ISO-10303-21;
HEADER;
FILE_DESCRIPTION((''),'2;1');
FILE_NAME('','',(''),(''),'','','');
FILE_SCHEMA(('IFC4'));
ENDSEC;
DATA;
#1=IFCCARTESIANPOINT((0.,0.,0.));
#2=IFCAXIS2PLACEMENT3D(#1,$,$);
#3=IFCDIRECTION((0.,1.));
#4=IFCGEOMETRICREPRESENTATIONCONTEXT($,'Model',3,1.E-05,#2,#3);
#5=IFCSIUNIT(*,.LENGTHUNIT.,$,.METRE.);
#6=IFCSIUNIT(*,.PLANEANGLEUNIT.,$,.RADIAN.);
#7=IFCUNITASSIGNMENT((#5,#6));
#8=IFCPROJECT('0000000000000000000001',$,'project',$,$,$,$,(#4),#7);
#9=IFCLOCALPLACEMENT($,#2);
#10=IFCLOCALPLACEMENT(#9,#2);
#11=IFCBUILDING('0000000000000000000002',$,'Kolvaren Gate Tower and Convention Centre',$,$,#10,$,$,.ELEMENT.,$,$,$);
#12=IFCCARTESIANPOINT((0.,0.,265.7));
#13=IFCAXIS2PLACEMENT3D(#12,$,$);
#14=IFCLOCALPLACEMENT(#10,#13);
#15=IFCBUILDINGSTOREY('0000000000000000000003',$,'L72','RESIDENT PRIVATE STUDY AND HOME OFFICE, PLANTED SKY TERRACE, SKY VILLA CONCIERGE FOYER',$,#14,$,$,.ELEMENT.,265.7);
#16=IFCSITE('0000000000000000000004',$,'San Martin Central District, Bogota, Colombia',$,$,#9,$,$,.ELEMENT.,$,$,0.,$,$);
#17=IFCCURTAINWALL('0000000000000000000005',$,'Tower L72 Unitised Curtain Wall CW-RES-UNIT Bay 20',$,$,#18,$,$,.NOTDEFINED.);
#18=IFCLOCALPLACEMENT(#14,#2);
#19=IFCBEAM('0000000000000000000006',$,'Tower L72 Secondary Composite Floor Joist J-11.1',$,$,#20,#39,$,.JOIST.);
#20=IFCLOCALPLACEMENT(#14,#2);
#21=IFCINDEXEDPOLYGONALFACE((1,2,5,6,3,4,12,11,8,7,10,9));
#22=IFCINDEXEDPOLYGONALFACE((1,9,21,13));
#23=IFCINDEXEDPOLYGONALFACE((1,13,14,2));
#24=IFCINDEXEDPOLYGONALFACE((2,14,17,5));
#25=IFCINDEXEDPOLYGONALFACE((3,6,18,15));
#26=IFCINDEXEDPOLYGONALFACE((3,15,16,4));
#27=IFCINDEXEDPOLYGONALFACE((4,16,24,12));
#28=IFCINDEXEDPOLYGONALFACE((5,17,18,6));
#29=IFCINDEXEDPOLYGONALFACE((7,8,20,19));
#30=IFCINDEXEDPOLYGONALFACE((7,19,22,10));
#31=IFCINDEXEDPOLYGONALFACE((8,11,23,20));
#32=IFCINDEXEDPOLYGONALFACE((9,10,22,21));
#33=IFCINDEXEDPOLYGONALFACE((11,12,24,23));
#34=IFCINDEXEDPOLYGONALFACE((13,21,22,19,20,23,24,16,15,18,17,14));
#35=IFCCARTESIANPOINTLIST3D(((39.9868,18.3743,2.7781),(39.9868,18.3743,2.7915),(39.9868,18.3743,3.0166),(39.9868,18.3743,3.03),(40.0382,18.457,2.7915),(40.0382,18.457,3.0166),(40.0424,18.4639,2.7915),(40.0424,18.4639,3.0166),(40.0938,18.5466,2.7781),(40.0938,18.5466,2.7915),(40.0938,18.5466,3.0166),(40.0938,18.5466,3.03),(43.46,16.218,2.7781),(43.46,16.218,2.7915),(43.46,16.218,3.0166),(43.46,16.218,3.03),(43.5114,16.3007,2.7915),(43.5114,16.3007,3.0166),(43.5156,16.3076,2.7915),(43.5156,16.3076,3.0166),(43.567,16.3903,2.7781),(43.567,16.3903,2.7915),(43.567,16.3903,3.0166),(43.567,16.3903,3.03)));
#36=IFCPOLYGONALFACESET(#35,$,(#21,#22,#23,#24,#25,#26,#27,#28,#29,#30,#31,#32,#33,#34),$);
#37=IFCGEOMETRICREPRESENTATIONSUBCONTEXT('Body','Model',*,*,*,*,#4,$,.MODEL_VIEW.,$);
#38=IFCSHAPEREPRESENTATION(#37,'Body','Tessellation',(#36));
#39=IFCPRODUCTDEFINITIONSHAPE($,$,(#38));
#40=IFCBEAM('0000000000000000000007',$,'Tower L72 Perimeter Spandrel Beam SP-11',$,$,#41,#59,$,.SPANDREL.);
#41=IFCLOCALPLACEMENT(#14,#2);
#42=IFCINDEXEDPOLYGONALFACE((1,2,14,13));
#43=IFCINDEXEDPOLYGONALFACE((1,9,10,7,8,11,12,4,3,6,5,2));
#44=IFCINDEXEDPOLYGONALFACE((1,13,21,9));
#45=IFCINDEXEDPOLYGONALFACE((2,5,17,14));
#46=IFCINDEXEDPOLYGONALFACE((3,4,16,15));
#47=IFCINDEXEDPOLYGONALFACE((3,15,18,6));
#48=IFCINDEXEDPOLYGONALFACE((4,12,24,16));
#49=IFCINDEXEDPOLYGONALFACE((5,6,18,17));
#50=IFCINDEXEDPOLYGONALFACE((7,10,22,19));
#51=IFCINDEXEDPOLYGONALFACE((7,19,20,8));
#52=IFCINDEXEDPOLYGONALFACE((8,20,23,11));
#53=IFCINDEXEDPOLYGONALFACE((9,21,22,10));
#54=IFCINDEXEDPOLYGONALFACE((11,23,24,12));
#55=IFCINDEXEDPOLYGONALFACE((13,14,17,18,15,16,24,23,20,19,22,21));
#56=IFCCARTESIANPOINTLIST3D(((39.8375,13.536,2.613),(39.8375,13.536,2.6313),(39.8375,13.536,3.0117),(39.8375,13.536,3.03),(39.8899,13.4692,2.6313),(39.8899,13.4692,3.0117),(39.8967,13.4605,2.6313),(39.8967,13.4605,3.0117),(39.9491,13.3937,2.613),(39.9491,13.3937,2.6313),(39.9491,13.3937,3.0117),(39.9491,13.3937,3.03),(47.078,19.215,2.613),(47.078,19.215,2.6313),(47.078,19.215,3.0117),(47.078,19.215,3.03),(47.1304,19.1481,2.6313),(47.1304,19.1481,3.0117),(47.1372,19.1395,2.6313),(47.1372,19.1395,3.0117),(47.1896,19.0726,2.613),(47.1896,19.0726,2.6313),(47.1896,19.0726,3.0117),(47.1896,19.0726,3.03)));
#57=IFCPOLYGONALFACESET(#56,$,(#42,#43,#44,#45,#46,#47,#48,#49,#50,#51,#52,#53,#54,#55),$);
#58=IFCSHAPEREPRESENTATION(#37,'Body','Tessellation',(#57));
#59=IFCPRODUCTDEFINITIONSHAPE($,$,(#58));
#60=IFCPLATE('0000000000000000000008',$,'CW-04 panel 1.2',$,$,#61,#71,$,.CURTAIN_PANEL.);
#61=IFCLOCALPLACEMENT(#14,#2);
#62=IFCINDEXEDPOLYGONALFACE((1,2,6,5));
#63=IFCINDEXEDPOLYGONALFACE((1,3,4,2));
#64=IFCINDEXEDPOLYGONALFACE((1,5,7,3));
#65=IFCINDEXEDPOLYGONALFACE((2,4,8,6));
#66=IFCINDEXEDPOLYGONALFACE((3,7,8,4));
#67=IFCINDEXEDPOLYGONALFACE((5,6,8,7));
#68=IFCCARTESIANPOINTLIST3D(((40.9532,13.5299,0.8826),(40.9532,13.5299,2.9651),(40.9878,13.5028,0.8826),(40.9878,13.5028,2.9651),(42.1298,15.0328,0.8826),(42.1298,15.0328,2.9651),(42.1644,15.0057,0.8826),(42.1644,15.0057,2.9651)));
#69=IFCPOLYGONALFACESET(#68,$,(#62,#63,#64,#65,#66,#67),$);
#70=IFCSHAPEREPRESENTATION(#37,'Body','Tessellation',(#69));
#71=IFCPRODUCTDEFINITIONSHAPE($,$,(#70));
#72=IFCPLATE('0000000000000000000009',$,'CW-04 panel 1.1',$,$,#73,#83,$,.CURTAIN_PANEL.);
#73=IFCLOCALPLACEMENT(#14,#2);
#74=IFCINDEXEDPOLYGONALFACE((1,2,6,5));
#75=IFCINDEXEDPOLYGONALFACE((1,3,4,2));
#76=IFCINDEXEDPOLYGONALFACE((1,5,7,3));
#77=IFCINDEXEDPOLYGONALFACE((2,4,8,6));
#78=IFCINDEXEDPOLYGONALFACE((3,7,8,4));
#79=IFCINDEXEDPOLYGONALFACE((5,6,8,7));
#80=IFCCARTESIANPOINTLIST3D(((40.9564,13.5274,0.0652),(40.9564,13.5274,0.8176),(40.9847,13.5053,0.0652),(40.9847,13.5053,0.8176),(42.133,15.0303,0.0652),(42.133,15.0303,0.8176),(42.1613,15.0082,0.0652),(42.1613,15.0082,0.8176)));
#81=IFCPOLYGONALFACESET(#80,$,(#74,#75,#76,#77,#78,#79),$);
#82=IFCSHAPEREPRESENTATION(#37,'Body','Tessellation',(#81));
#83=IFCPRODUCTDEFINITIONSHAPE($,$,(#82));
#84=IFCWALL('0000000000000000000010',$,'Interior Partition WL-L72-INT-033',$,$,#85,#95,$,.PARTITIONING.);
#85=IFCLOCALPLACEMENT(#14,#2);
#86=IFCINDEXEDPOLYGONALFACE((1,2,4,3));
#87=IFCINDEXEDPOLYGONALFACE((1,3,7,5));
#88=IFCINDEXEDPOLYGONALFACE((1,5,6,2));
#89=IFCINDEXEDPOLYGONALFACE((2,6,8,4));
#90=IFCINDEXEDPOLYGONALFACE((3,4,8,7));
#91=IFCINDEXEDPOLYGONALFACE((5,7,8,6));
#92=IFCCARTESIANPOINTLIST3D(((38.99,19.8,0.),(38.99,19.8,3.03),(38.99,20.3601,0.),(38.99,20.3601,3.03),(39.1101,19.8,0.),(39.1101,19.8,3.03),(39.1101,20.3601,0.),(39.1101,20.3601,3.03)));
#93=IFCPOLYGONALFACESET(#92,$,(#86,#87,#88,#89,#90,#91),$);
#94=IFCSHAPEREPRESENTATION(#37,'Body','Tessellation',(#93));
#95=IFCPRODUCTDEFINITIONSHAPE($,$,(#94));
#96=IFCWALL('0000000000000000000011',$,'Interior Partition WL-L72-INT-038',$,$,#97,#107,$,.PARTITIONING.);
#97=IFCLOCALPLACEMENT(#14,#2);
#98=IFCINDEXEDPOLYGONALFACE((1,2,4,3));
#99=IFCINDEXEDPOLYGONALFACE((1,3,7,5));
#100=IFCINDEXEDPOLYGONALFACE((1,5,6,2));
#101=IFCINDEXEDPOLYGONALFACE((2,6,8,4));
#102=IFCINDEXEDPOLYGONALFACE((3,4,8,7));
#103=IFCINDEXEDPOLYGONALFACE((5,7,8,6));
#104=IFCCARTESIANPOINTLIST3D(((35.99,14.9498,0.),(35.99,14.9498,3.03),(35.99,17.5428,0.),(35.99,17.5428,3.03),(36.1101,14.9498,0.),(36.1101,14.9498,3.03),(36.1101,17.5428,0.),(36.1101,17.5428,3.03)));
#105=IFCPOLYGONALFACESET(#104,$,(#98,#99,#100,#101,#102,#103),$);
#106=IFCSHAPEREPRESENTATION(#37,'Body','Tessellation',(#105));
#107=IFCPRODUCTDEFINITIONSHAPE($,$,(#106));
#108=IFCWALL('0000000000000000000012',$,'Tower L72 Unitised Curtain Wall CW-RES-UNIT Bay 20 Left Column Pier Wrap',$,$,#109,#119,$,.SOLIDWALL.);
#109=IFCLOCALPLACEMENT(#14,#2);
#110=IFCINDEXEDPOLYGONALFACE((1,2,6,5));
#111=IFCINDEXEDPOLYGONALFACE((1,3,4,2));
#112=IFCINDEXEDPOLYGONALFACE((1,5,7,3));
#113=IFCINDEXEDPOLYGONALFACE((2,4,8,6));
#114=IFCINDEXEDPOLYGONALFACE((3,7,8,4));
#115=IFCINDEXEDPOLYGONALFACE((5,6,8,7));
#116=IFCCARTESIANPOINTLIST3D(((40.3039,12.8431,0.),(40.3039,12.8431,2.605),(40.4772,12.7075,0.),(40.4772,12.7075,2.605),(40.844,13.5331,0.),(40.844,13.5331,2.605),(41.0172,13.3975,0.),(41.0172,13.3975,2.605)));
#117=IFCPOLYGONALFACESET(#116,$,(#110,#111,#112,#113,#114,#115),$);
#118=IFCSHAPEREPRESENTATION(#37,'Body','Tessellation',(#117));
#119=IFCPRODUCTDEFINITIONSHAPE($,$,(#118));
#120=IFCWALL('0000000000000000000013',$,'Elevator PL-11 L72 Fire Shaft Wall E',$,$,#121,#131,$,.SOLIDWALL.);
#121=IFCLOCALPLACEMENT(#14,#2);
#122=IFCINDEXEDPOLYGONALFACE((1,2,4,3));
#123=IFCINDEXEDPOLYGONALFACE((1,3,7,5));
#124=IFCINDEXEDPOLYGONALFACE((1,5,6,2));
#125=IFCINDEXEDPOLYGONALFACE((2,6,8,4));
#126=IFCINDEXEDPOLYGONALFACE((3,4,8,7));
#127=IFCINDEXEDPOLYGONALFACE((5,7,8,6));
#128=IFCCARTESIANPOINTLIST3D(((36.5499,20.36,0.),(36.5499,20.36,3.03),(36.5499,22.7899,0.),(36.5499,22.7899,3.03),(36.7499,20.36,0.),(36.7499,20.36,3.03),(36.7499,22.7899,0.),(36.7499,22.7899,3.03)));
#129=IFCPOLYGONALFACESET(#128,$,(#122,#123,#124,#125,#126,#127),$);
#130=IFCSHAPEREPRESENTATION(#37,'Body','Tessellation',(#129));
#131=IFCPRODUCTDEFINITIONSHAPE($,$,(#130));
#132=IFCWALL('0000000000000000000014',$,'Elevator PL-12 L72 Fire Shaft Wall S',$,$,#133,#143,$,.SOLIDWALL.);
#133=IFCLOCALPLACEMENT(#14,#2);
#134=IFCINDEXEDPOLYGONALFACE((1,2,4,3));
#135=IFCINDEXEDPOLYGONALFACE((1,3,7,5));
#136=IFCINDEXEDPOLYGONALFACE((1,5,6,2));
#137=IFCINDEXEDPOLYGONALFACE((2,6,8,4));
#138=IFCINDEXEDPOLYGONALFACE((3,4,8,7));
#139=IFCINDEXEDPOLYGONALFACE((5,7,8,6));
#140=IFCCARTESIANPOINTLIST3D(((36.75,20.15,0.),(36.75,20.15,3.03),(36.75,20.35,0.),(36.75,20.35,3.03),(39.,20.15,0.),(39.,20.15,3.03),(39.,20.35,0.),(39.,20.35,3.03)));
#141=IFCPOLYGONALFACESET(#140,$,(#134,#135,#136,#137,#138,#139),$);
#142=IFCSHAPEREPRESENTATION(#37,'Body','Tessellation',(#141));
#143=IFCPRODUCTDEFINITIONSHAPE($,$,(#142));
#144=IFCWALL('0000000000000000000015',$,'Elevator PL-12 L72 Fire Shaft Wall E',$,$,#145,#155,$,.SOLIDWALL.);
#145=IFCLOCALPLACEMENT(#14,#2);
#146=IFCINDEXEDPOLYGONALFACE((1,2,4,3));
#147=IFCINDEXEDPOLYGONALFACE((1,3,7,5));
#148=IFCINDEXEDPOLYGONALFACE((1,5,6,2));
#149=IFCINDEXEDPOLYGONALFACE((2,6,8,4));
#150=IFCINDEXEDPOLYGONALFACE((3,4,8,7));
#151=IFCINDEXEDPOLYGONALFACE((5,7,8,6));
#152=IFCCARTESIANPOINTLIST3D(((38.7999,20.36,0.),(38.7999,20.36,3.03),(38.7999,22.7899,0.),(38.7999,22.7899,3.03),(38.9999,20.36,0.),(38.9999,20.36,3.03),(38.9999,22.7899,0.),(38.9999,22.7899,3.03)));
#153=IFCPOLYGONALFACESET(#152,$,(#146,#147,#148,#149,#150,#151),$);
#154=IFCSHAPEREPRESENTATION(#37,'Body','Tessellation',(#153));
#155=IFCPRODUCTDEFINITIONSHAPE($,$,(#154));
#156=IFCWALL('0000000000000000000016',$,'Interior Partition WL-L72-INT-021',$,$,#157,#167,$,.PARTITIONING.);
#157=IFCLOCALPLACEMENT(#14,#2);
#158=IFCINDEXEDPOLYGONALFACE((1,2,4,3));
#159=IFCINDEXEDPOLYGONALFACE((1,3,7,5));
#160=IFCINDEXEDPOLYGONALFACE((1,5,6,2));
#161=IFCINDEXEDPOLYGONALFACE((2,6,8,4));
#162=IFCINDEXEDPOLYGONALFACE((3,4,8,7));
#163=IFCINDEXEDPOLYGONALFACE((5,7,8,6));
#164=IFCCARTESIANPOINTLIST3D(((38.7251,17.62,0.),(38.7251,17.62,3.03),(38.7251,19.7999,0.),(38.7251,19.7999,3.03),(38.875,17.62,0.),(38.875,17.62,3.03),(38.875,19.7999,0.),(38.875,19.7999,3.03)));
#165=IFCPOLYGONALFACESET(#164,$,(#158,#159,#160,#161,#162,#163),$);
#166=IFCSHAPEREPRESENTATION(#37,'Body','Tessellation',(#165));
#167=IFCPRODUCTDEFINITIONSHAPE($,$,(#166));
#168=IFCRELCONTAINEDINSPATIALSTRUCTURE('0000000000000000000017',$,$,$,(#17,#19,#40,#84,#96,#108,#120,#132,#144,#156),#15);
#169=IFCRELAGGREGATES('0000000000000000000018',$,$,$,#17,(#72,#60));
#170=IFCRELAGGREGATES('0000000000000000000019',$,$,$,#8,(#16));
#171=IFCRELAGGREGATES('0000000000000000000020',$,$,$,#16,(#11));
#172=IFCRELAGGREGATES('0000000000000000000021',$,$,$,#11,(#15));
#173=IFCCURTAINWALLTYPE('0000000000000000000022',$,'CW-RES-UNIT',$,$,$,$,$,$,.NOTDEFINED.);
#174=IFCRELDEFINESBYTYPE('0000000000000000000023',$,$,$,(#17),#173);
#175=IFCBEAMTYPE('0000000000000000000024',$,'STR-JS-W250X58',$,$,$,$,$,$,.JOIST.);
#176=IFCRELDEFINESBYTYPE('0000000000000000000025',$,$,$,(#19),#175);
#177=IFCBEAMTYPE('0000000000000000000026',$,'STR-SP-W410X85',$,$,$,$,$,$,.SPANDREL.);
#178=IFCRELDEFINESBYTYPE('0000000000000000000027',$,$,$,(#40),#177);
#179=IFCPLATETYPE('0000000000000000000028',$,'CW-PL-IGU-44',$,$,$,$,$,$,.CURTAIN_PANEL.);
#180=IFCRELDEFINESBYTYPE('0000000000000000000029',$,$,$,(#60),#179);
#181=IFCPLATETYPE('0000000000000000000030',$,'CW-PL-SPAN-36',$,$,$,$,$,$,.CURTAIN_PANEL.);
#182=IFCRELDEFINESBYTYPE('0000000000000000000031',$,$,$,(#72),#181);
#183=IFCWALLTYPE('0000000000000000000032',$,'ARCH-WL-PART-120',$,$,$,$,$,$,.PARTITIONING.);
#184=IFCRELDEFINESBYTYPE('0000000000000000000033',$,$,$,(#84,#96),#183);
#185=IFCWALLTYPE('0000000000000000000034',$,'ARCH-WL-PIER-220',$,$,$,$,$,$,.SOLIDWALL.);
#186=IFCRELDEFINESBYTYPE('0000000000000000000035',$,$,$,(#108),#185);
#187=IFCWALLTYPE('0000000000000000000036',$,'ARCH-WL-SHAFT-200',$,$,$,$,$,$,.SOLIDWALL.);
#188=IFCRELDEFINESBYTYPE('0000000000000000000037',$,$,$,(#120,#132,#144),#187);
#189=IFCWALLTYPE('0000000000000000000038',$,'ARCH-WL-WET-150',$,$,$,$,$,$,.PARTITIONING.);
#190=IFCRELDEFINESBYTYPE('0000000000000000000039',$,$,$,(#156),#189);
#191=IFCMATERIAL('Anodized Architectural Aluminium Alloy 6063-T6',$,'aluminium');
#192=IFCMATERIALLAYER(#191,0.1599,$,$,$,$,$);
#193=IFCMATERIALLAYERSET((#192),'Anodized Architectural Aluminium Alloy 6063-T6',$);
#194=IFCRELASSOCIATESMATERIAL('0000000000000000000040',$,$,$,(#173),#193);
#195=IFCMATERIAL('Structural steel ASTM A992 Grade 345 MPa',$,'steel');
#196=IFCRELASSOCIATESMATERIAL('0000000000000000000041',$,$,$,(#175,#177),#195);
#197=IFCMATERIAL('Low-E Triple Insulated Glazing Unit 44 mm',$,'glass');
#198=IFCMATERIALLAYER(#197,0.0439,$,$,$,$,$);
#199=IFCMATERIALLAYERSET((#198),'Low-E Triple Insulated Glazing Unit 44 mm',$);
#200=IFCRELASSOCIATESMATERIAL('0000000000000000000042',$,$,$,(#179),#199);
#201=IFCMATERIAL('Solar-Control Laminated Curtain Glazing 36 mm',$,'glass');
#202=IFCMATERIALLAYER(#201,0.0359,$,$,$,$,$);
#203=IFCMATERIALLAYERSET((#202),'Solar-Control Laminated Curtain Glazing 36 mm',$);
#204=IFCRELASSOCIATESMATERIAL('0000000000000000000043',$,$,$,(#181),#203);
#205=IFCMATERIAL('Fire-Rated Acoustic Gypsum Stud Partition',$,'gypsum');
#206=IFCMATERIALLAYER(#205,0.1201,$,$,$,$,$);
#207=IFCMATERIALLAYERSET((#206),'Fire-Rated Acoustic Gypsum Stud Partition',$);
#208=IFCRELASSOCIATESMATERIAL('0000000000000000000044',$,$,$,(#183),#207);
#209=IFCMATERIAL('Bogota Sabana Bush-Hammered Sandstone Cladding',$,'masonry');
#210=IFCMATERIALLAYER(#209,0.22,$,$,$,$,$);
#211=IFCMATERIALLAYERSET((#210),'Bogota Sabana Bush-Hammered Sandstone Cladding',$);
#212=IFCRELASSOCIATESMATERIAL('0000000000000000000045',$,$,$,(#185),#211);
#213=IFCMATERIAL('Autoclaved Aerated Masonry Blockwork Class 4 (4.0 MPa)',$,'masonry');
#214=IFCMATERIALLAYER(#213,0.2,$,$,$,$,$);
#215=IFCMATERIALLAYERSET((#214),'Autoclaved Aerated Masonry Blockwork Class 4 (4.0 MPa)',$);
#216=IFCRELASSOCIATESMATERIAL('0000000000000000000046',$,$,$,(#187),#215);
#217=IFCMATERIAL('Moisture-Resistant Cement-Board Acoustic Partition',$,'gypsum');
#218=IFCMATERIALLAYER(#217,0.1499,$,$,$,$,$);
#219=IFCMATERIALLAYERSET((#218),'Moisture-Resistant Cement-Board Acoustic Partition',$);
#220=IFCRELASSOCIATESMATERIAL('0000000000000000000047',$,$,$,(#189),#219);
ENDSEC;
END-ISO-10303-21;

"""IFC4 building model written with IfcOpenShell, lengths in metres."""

from ifc_helpers import new_model, si_unit, direction, frame, frame_2d, origin, origin_2d, place, context, subcontext, project, spatial, rectangle, i_section, extrude, material, layer, layer_set, material_profile, profile_set, type_object, element, aggregate, save


model = new_model("IFC4")

# Units and contexts
model_context = context("Model", 3, precision=1e-05, world=origin(), true_north=direction((0.0, 1.0)))
body_context = subcontext(model_context, "Body", "Model", "MODEL_VIEW")
ifc_project = project(units=[si_unit("LENGTHUNIT", "METRE"), si_unit("PLANEANGLEUNIT", "RADIAN")], contexts=[model_context])

# Site, building, storey
site_placement = place(None, origin())
site = spatial("IfcSite", under=ifc_project, at=site_placement, Name="San Martin Central District, Bogota, Colombia", CompositionType="ELEMENT", RefElevation=0.0)
building_placement = place(site_placement, origin())
building = spatial("IfcBuilding", under=site, at=building_placement, Name="Kolvaren Gate Tower and Convention Centre", CompositionType="ELEMENT")
storey_placement = place(building_placement, frame((0.0, 0.0, 265.7)))
storey = spatial("IfcBuildingStorey", under=building, at=storey_placement, Name="L72", Description="RESIDENT PRIVATE STUDY AND HOME OFFICE, PLANTED SKY TERRACE, SKY VILLA CONCIERGE FOYER", CompositionType="ELEMENT", Elevation=265.7)

# Curtain wall
ifc_material_1 = material(Name="Anodized Architectural Aluminium Alloy 6063-T6", Category="aluminium")
ifc_layer_1 = layer(ifc_material_1, 0.1599)
ifc_layer_set_1 = layer_set([ifc_layer_1], Name="Anodized Architectural Aluminium Alloy 6063-T6")
curtain_wall_type = type_object("IfcCurtainWallType", Name="CW-RES-UNIT", PredefinedType="NOTDEFINED", material=ifc_layer_set_1)
curtain_wall_placement = place(storey_placement, origin())
curtain_wall = element("IfcCurtainWall", 1, at=curtain_wall_placement, inside=storey, type_object=curtain_wall_type, Name="Tower L72 Unitised Curtain Wall CW-RES-UNIT Bay 20", PredefinedType="NOTDEFINED")

# Beams
ifc_material_2 = material(Name="Structural steel ASTM A992 Grade 345 MPa", Category="steel")
ifc_material_profile_1 = material_profile(ifc_material_2, i_section(OverallWidth=0.2029, OverallDepth=0.252, WebThickness=0.0081, FlangeThickness=0.0134, at=origin_2d()), Name="W250X58")
ifc_profile_set_1 = profile_set([ifc_material_profile_1], Name="Structural steel ASTM A992 Grade 345 MPa")
beam_type_1 = type_object("IfcBeamType", Name="STR-JS-W250X58", PredefinedType="JOIST", material=ifc_profile_set_1)
beam_1_placement = place(storey_placement, frame((40.0403, 18.4604, 2.9041), z_axis=(0.849585, -0.527452, 0.0), x_axis=(0.527452, 0.849585, 0.0)))
element("IfcBeam", 2, at=beam_1_placement, inside=storey, type_object=beam_type_1, Name="Tower L72 Secondary Composite Floor Joist J-11.1", PredefinedType="JOIST", context=body_context, shape_type="SweptSolid", body=[
    extrude(i_section(OverallWidth=0.2029, OverallDepth=0.252, WebThickness=0.0081, FlangeThickness=0.0134, at=origin_2d()), origin(), (0.0, 0.0, 1.0), 4.0881),
])
ifc_material_profile_2 = material_profile(ifc_material_2, i_section(OverallWidth=0.1809, OverallDepth=0.417, WebThickness=0.011, FlangeThickness=0.0183, at=origin_2d()), Name="W410X85")
ifc_profile_set_2 = profile_set([ifc_material_profile_2], Name="Structural steel ASTM A992 Grade 345 MPa")
beam_type_2 = type_object("IfcBeamType", Name="STR-SP-W410X85", PredefinedType="SPANDREL", material=ifc_profile_set_2)
beam_2_placement = place(storey_placement, frame((39.8933, 13.4648, 2.8215), z_axis=(0.786846, 0.61715, 0.0), x_axis=(-0.61715, 0.786846, 0.0)))
element("IfcBeam", 3, at=beam_2_placement, inside=storey, type_object=beam_type_2, Name="Tower L72 Perimeter Spandrel Beam SP-11", PredefinedType="SPANDREL", context=body_context, shape_type="SweptSolid", body=[
    extrude(i_section(OverallWidth=0.1809, OverallDepth=0.417, WebThickness=0.011, FlangeThickness=0.0183, at=origin_2d()), origin(), (0.0, 0.0, 1.0), 9.2019),
])

# Plates
ifc_material_3 = material(Name="Low-E Triple Insulated Glazing Unit 44 mm", Category="glass")
ifc_layer_2 = layer(ifc_material_3, 0.0439)
ifc_layer_set_2 = layer_set([ifc_layer_2], Name="Low-E Triple Insulated Glazing Unit 44 mm")
plate_type_1 = type_object("IfcPlateType", Name="CW-PL-IGU-44", PredefinedType="CURTAIN_PANEL", material=ifc_layer_set_2)
plate_1_placement = place(storey_placement, frame((41.5588, 14.2678, 0.8826), z_axis=(0.0, 0.0, 1.0), x_axis=(0.616433, 0.787408, 0.0)))
plate_1 = element("IfcPlate", 4, at=plate_1_placement, type_object=plate_type_1, Name="CW-04 panel 1.2", PredefinedType="CURTAIN_PANEL", context=body_context, shape_type="SweptSolid", body=[
    extrude(rectangle(XDim=1.9087, YDim=0.0439, at=origin_2d()), origin(), (0.0, 0.0, 1.0), 2.0825),
])
ifc_material_4 = material(Name="Solar-Control Laminated Curtain Glazing 36 mm", Category="glass")
ifc_layer_3 = layer(ifc_material_4, 0.0359)
ifc_layer_set_3 = layer_set([ifc_layer_3], Name="Solar-Control Laminated Curtain Glazing 36 mm")
plate_type_2 = type_object("IfcPlateType", Name="CW-PL-SPAN-36", PredefinedType="CURTAIN_PANEL", material=ifc_layer_set_3)
plate_2_placement = place(storey_placement, frame((41.5588, 14.2678, 0.0652), z_axis=(0.0, 0.0, 1.0), x_axis=(0.616433, 0.787408, 0.0)))
plate_2 = element("IfcPlate", 5, at=plate_2_placement, type_object=plate_type_2, Name="CW-04 panel 1.1", PredefinedType="CURTAIN_PANEL", context=body_context, shape_type="SweptSolid", body=[
    extrude(rectangle(XDim=1.9087, YDim=0.0359, at=origin_2d()), origin(), (0.0, 0.0, 1.0), 0.7524),
])
aggregate(curtain_wall, [plate_2, plate_1])

# Walls
ifc_material_5 = material(Name="Fire-Rated Acoustic Gypsum Stud Partition", Category="gypsum")
ifc_layer_4 = layer(ifc_material_5, 0.1201)
ifc_layer_set_4 = layer_set([ifc_layer_4], Name="Fire-Rated Acoustic Gypsum Stud Partition")
wall_type_1 = type_object("IfcWallType", Name="ARCH-WL-PART-120", PredefinedType="PARTITIONING", material=ifc_layer_set_4)
wall_1_placement = place(storey_placement, frame((39.05, 19.8, 0.0), z_axis=(0.0, 0.0, 1.0), x_axis=(0.0, 1.0, 0.0)))
element("IfcWall", 6, at=wall_1_placement, inside=storey, type_object=wall_type_1, Name="Interior Partition WL-L72-INT-033", PredefinedType="PARTITIONING", context=body_context, shape_type="SweptSolid", body=[
    extrude(rectangle(XDim=0.5601, YDim=0.1201, at=frame_2d((0.28, 0.0))), origin(), (0.0, 0.0, 1.0), 3.03),
])
wall_2_placement = place(storey_placement, frame((36.05, 14.95, 0.0), z_axis=(0.0, 0.0, 1.0), x_axis=(0.0, 1.0, 0.0)))
element("IfcWall", 7, at=wall_2_placement, inside=storey, type_object=wall_type_1, Name="Interior Partition WL-L72-INT-038", PredefinedType="PARTITIONING", context=body_context, shape_type="SweptSolid", body=[
    extrude(rectangle(XDim=2.593, YDim=0.1201, at=frame_2d((1.2964, 0.0))), origin(), (0.0, 0.0, 1.0), 3.03),
])
ifc_material_6 = material(Name="Bogota Sabana Bush-Hammered Sandstone Cladding", Category="masonry")
ifc_layer_5 = layer(ifc_material_6, 0.22)
ifc_layer_set_5 = layer_set([ifc_layer_5], Name="Bogota Sabana Bush-Hammered Sandstone Cladding")
wall_type_2 = type_object("IfcWallType", Name="ARCH-WL-PIER-220", PredefinedType="SOLIDWALL", material=ifc_layer_set_5)
wall_3_placement = place(storey_placement, frame((40.3906, 12.7754, 0.0), z_axis=(0.0, 0.0, 1.0), x_axis=(0.616368, 0.787458, 0.0)))
element("IfcWall", 8, at=wall_3_placement, inside=storey, type_object=wall_type_2, Name="Tower L72 Unitised Curtain Wall CW-RES-UNIT Bay 20 Left Column Pier Wrap", PredefinedType="SOLIDWALL", context=body_context, shape_type="SweptSolid", body=[
    extrude(rectangle(XDim=0.8762, YDim=0.22, at=frame_2d((0.438, 0.0))), origin(), (0.0, 0.0, 1.0), 2.605),
])
ifc_material_7 = material(Name="Autoclaved Aerated Masonry Blockwork Class 4 (4.0 MPa)", Category="masonry")
ifc_layer_6 = layer(ifc_material_7, 0.2)
ifc_layer_set_6 = layer_set([ifc_layer_6], Name="Autoclaved Aerated Masonry Blockwork Class 4 (4.0 MPa)")
wall_type_3 = type_object("IfcWallType", Name="ARCH-WL-SHAFT-200", PredefinedType="SOLIDWALL", material=ifc_layer_set_6)
wall_4_placement = place(storey_placement, frame((36.6499, 20.3601, 0.0), z_axis=(0.0, 0.0, 1.0), x_axis=(0.0, 1.0, 0.0)))
element("IfcWall", 9, at=wall_4_placement, inside=storey, type_object=wall_type_3, Name="Elevator PL-11 L72 Fire Shaft Wall E", PredefinedType="SOLIDWALL", context=body_context, shape_type="SweptSolid", body=[
    extrude(rectangle(XDim=2.4299, YDim=0.2, at=frame_2d((1.2148, 0.0))), origin(), (0.0, 0.0, 1.0), 3.03),
])
wall_5_placement = place(storey_placement, frame((36.75, 20.25, 0.0), z_axis=(0.0, 0.0, 1.0), x_axis=(1.0, 0.0, 0.0)))
element("IfcWall", 10, at=wall_5_placement, inside=storey, type_object=wall_type_3, Name="Elevator PL-12 L72 Fire Shaft Wall S", PredefinedType="SOLIDWALL", context=body_context, shape_type="SweptSolid", body=[
    extrude(rectangle(XDim=2.25, YDim=0.2, at=frame_2d((1.125, 0.0))), origin(), (0.0, 0.0, 1.0), 3.03),
])
wall_6_placement = place(storey_placement, frame((38.8999, 20.3601, 0.0), z_axis=(0.0, 0.0, 1.0), x_axis=(0.0, 1.0, 0.0)))
element("IfcWall", 11, at=wall_6_placement, inside=storey, type_object=wall_type_3, Name="Elevator PL-12 L72 Fire Shaft Wall E", PredefinedType="SOLIDWALL", context=body_context, shape_type="SweptSolid", body=[
    extrude(rectangle(XDim=2.4299, YDim=0.2, at=frame_2d((1.2148, 0.0))), origin(), (0.0, 0.0, 1.0), 3.03),
])
ifc_material_8 = material(Name="Moisture-Resistant Cement-Board Acoustic Partition", Category="gypsum")
ifc_layer_7 = layer(ifc_material_8, 0.1499)
ifc_layer_set_7 = layer_set([ifc_layer_7], Name="Moisture-Resistant Cement-Board Acoustic Partition")
wall_type_4 = type_object("IfcWallType", Name="ARCH-WL-WET-150", PredefinedType="PARTITIONING", material=ifc_layer_set_7)
wall_7_placement = place(storey_placement, frame((38.8, 17.6201, 0.0), z_axis=(0.0, 0.0, 1.0), x_axis=(0.0, 1.0, 0.0)))
element("IfcWall", 12, at=wall_7_placement, inside=storey, type_object=wall_type_4, Name="Interior Partition WL-L72-INT-021", PredefinedType="PARTITIONING", context=body_context, shape_type="SweptSolid", body=[
    extrude(rectangle(XDim=2.1799, YDim=0.1499, at=frame_2d((1.0898, 0.0))), origin(), (0.0, 0.0, 1.0), 3.03),
])

save(model, "model.ifc")
